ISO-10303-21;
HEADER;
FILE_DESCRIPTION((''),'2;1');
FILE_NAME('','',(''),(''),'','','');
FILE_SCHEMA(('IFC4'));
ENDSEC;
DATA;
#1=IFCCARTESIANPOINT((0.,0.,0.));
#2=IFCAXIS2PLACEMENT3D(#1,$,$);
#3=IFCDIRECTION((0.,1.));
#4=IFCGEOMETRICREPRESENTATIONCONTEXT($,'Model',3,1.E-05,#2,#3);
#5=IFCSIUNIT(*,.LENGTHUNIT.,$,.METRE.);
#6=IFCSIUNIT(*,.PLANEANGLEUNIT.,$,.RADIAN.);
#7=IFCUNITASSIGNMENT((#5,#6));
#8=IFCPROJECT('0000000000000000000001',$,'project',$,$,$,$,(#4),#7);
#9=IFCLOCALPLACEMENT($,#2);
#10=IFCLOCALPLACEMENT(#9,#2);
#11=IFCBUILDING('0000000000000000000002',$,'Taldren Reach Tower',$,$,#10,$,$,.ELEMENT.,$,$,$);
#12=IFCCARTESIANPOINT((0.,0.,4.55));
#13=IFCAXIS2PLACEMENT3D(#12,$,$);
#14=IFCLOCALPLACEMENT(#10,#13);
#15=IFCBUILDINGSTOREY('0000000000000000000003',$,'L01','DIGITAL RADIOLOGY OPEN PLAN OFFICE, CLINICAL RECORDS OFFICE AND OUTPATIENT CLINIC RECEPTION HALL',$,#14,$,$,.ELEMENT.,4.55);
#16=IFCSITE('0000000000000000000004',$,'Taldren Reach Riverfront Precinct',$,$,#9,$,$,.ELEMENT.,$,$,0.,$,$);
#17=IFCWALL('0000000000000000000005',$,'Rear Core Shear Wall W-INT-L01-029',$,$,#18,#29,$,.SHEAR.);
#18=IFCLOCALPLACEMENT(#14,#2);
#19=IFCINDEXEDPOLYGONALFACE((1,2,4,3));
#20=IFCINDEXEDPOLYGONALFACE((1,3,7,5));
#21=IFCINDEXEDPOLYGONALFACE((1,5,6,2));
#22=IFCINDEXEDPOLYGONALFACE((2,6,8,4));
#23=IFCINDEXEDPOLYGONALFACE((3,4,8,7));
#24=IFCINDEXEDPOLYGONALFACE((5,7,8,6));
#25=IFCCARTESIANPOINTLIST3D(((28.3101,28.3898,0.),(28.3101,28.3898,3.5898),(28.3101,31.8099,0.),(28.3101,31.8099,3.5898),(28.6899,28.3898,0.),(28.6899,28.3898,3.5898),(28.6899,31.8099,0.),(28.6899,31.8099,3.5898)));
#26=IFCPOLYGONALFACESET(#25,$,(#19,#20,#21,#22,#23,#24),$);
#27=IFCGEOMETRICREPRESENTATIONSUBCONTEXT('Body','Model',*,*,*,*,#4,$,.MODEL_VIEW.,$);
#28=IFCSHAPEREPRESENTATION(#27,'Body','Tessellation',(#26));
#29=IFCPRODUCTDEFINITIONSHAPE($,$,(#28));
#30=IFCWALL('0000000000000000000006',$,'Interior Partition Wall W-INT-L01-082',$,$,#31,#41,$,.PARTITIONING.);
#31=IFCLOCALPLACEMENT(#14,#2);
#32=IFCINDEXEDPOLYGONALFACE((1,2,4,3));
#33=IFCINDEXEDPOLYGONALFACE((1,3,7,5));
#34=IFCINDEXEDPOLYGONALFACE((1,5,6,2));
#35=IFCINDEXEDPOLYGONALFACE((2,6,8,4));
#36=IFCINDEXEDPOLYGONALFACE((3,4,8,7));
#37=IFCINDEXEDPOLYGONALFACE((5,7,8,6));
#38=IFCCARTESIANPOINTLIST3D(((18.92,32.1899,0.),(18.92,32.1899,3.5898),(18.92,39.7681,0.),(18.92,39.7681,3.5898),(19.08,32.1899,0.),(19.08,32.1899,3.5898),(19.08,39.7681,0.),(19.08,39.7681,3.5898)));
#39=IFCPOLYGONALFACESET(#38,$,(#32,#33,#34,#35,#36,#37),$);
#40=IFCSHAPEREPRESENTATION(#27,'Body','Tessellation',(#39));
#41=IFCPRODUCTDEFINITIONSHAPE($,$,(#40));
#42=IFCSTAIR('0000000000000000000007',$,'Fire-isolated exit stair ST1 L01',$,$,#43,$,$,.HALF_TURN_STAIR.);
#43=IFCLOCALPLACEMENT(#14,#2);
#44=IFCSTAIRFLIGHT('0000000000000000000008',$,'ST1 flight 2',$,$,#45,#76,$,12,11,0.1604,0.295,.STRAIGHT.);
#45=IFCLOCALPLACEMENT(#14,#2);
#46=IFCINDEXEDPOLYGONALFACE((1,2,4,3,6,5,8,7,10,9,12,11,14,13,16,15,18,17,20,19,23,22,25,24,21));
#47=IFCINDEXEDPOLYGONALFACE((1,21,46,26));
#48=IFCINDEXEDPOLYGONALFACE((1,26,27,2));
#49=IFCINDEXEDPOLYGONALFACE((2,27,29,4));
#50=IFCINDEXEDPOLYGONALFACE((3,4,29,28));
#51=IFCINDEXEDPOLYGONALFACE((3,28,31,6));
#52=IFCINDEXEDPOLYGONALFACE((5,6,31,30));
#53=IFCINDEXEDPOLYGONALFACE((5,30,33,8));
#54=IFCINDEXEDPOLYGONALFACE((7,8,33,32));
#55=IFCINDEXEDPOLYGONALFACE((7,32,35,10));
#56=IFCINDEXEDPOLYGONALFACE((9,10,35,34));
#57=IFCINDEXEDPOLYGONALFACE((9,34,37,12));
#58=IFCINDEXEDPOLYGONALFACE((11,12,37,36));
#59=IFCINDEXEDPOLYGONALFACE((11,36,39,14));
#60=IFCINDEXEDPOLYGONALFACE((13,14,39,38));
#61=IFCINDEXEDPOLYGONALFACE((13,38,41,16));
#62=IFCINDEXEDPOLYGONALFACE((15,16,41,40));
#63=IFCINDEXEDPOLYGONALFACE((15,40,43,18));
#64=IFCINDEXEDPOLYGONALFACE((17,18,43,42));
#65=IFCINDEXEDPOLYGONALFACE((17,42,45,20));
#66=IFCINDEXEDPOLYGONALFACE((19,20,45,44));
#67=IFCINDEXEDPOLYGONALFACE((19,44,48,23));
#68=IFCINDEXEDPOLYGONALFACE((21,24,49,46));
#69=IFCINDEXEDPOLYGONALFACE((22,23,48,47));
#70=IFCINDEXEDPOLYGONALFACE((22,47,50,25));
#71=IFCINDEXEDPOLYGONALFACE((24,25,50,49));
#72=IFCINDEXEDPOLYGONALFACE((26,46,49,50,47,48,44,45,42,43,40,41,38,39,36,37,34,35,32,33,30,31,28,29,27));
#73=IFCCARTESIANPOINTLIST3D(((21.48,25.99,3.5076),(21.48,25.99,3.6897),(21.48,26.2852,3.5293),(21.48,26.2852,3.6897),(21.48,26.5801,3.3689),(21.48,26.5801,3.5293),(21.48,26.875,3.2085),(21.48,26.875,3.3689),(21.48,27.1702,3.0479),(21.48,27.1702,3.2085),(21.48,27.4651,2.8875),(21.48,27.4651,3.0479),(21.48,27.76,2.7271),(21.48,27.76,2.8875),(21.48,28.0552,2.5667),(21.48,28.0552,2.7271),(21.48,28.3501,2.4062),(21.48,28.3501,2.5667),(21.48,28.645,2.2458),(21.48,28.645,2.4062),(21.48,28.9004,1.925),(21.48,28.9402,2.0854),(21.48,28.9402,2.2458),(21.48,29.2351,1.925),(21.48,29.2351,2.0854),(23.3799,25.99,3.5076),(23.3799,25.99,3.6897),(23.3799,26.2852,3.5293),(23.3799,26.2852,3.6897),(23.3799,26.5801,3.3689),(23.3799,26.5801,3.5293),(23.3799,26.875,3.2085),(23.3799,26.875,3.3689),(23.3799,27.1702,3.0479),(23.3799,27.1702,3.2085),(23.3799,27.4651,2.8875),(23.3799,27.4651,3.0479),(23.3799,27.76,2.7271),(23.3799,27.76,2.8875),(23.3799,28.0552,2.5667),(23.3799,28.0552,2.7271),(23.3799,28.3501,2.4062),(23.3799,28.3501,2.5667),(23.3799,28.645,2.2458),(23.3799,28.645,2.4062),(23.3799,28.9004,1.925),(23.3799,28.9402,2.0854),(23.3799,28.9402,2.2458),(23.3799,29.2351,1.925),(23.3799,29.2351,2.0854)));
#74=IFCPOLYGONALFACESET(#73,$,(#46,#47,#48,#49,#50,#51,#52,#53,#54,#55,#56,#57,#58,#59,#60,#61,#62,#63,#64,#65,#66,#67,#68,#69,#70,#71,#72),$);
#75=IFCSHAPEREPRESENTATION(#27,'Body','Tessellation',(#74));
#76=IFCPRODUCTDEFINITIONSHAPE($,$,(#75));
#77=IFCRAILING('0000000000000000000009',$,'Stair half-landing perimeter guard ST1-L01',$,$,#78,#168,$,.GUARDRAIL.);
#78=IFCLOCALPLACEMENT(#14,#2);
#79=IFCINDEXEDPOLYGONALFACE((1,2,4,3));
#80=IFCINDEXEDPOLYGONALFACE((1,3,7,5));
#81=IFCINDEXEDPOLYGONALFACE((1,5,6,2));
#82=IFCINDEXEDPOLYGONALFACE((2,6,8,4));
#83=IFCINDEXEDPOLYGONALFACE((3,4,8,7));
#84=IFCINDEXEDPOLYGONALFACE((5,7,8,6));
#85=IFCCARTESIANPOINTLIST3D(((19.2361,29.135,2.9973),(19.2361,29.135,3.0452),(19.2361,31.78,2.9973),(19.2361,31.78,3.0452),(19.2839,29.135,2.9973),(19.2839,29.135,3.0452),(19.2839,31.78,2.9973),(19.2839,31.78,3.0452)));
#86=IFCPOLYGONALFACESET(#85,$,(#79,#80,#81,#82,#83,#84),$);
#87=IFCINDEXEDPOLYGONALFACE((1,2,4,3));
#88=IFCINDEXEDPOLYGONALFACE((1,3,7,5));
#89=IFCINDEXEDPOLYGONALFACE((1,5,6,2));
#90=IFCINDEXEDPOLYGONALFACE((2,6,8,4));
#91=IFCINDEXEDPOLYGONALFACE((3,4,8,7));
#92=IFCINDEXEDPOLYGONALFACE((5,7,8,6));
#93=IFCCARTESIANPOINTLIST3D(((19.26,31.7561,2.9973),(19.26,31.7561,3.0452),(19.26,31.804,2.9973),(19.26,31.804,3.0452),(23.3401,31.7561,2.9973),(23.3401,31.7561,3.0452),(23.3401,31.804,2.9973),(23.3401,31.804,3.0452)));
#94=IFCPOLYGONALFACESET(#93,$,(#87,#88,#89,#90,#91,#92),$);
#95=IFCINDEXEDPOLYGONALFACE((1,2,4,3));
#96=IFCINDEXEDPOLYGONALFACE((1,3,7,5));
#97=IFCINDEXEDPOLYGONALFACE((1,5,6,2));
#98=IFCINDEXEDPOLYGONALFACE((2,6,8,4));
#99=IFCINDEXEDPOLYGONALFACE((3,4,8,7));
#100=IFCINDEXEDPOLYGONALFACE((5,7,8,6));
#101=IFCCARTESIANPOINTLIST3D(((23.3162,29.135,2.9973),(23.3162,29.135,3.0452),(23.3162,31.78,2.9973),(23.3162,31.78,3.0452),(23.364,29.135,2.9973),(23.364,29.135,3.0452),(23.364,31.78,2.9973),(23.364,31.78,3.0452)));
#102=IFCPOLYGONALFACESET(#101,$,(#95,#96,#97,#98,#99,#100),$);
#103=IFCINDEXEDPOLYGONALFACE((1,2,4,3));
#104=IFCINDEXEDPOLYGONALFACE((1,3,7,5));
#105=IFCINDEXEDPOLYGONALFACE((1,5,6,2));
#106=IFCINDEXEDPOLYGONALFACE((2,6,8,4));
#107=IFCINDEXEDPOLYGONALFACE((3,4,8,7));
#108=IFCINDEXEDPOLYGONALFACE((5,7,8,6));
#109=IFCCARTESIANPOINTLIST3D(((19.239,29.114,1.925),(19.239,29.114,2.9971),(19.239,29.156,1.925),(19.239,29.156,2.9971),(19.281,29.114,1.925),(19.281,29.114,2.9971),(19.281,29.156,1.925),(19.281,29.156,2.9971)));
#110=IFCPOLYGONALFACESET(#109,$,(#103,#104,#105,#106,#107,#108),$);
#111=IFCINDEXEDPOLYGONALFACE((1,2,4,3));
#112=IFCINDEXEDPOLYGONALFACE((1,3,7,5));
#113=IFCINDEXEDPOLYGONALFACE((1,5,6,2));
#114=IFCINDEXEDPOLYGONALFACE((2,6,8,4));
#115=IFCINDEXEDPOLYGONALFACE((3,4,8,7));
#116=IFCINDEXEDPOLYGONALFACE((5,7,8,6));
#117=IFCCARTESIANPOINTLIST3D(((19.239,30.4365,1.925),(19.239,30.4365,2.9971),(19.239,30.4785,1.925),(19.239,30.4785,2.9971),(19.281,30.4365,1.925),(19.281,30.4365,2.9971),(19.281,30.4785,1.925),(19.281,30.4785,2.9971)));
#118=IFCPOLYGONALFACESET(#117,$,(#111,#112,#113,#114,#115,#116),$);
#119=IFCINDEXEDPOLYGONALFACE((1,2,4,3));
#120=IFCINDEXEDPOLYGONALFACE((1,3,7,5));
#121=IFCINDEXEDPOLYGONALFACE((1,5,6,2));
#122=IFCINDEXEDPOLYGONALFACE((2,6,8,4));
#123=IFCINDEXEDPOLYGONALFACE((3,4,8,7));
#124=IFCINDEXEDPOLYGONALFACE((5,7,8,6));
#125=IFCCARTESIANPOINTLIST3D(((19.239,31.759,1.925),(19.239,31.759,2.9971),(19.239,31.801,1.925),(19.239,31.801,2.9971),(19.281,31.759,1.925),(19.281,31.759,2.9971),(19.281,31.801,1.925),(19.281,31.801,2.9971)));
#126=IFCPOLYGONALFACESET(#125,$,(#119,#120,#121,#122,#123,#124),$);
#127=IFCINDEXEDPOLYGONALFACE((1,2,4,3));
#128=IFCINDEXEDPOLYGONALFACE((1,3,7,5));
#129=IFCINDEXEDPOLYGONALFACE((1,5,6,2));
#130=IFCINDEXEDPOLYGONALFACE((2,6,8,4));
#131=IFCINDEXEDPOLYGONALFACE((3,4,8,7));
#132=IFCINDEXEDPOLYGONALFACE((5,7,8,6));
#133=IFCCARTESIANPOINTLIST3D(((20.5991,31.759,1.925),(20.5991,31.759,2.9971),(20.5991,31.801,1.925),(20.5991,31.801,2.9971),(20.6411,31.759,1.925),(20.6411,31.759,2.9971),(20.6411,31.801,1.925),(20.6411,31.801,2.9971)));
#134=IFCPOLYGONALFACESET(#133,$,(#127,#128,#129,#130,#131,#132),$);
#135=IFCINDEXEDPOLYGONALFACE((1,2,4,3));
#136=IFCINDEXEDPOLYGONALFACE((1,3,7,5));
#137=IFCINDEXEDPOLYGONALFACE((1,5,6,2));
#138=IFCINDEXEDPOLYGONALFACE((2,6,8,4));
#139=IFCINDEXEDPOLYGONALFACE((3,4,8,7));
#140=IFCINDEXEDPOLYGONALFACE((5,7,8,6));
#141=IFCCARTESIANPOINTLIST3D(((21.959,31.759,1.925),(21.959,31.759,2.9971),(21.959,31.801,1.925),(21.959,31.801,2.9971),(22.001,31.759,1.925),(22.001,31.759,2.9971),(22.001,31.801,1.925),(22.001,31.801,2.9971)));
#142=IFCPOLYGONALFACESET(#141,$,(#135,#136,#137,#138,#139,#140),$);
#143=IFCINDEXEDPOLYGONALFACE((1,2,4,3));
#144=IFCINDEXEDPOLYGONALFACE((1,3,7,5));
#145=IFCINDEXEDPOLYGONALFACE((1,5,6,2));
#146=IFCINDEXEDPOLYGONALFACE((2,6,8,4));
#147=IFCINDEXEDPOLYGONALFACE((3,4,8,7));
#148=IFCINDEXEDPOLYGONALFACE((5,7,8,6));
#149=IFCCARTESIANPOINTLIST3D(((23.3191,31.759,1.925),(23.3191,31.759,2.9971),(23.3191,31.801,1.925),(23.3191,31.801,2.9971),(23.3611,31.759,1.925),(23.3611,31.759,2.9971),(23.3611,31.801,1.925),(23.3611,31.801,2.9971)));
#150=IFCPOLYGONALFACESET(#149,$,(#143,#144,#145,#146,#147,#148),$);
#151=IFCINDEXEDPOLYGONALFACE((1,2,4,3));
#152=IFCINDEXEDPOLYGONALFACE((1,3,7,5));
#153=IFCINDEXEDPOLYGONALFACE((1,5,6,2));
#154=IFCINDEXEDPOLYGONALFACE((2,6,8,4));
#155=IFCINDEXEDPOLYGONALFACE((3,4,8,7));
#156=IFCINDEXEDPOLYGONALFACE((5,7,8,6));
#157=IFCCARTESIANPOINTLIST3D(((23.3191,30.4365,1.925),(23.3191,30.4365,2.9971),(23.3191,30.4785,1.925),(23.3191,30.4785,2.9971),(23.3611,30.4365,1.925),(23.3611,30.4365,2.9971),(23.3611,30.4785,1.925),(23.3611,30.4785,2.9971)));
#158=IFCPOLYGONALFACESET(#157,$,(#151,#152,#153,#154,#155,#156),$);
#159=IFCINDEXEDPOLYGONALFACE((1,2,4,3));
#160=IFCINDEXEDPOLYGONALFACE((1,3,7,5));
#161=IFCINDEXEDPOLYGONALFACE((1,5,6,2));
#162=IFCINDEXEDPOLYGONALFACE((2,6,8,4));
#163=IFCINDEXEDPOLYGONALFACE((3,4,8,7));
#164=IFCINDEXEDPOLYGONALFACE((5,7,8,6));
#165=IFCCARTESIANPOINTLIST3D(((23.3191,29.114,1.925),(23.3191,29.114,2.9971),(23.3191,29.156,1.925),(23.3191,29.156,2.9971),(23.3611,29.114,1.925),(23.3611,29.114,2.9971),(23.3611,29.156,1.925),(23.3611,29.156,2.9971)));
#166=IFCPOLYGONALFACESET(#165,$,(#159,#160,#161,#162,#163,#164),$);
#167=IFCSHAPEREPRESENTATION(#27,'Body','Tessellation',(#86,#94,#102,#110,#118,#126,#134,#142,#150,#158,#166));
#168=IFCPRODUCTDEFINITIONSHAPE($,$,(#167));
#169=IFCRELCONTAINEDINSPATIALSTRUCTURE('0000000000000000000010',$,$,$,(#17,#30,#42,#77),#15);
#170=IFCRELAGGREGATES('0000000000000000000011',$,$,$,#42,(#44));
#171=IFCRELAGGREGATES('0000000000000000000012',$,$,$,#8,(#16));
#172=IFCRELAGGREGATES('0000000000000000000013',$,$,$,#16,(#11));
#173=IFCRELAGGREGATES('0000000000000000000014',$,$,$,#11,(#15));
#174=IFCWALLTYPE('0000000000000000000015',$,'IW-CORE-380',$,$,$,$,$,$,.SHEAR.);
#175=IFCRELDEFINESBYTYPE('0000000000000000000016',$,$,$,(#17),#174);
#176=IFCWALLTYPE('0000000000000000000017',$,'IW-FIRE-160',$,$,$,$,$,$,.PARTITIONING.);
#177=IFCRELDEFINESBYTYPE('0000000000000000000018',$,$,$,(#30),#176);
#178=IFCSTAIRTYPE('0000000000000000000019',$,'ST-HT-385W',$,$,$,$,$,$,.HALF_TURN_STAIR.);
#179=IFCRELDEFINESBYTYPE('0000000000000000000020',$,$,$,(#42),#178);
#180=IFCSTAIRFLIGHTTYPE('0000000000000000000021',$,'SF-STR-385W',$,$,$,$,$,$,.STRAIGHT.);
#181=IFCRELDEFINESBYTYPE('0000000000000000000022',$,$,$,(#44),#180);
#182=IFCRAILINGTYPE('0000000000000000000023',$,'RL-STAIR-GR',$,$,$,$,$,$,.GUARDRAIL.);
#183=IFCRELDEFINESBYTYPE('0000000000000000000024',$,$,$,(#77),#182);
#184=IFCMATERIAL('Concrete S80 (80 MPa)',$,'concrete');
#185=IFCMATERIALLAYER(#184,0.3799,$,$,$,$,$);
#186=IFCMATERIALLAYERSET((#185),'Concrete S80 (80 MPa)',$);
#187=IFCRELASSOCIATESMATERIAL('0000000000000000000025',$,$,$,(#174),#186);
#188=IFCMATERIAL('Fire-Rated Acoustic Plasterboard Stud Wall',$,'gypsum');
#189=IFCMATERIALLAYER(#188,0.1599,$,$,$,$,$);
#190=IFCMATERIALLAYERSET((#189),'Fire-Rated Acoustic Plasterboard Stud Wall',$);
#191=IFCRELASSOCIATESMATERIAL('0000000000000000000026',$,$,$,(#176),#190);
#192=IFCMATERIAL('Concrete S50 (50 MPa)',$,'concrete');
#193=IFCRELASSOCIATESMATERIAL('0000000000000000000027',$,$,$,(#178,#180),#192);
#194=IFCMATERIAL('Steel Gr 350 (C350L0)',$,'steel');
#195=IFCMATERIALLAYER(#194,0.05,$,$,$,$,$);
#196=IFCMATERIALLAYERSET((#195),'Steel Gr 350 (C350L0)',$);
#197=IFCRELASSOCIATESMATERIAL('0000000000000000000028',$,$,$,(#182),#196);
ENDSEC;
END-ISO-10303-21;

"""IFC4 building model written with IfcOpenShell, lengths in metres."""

from ifc_helpers import new_model, si_unit, direction, frame, frame_2d, origin, origin_2d, place, context, subcontext, project, spatial, polyline, rectangle, outline, extrude, source, transform, mapped, material, layer, layer_set, type_object, element, aggregate, save


model = new_model("IFC4")

# Units and contexts
model_context = context("Model", 3, precision=1e-05, world=origin(), true_north=direction((0.0, 1.0)))
body_context = subcontext(model_context, "Body", "Model", "MODEL_VIEW")
ifc_project = project(units=[si_unit("LENGTHUNIT", "METRE"), si_unit("PLANEANGLEUNIT", "RADIAN")], contexts=[model_context])

# Site, building, storey
site_placement = place(None, origin())
site = spatial("IfcSite", under=ifc_project, at=site_placement, Name="Taldren Reach Riverfront Precinct", CompositionType="ELEMENT", RefElevation=0.0)
building_placement = place(site_placement, origin())
building = spatial("IfcBuilding", under=site, at=building_placement, Name="Taldren Reach Tower", CompositionType="ELEMENT")
storey_placement = place(building_placement, frame((0.0, 0.0, 4.55)))
storey = spatial("IfcBuildingStorey", under=building, at=storey_placement, Name="L01", Description="DIGITAL RADIOLOGY OPEN PLAN OFFICE, CLINICAL RECORDS OFFICE AND OUTPATIENT CLINIC RECEPTION HALL", CompositionType="ELEMENT", Elevation=4.55)

# Shared definitions
ifc_material_1 = material(Name="Steel Gr 350 (C350L0)", Category="steel")

# Wall
ifc_material_2 = material(Name="Concrete S80 (80 MPa)", Category="concrete")
ifc_layer_1 = layer(ifc_material_2, 0.3799)
ifc_layer_set_1 = layer_set([ifc_layer_1], Name="Concrete S80 (80 MPa)")
wall_type_1 = type_object("IfcWallType", Name="IW-CORE-380", PredefinedType="SHEAR", material=ifc_layer_set_1)
shared_shape_1 = source(origin(), body_context, "Body", "SweptSolid", [
    extrude(rectangle(XDim=3.4202, YDim=0.3799, at=frame_2d((1.71, 0.0))), origin(), (0.0, 0.0, 1.0), 3.5898),
])
for number, where, z_axis, x_axis, name in (
    (1, (28.5, 28.3899, 0.0), (0.0, 0.0, 1.0), (0.0, 1.0, 0.0), "Rear Core Shear Wall W-INT-L01-029"),
):
    element("IfcWall", number, at=place(storey_placement, frame(where, z_axis=z_axis, x_axis=x_axis)), inside=storey, type_object=wall_type_1, Name=name, PredefinedType="SHEAR", context=body_context, shape_type="MappedRepresentation", body=[
        mapped(shared_shape_1, transform((0.0, 0.0, 0.0), scale=1.0)),
    ])

# Wall
ifc_material_3 = material(Name="Fire-Rated Acoustic Plasterboard Stud Wall", Category="gypsum")
ifc_layer_2 = layer(ifc_material_3, 0.1599)
ifc_layer_set_2 = layer_set([ifc_layer_2], Name="Fire-Rated Acoustic Plasterboard Stud Wall")
wall_type_2 = type_object("IfcWallType", Name="IW-FIRE-160", PredefinedType="PARTITIONING", material=ifc_layer_set_2)
shared_shape_2 = source(origin(), body_context, "Body", "SweptSolid", [
    extrude(rectangle(XDim=7.5781, YDim=0.1599, at=frame_2d((3.7891, 0.0))), origin(), (0.0, 0.0, 1.0), 3.5898),
])
wall_1_placement = place(storey_placement, frame((19.0, 39.7681, 0.0), z_axis=(0.0, 0.0, 1.0), x_axis=(0.0, -1.0, 0.0)))
element("IfcWall", 2, at=wall_1_placement, inside=storey, type_object=wall_type_2, Name="Interior Partition Wall W-INT-L01-082", PredefinedType="PARTITIONING", context=body_context, shape_type="MappedRepresentation", body=[
    mapped(shared_shape_2, transform((0.0, 0.0, 0.0), scale=1.0)),
])

# Stair, stair flight
ifc_material_4 = material(Name="Concrete S50 (50 MPa)", Category="concrete")
stair_type = type_object("IfcStairType", Name="ST-HT-385W", PredefinedType="HALF_TURN_STAIR", material=ifc_material_4)
stair_placement = place(storey_placement, origin())
stair = element("IfcStair", 3, at=stair_placement, inside=storey, type_object=stair_type, Name="Fire-isolated exit stair ST1 L01", PredefinedType="HALF_TURN_STAIR")
stair_flight_type = type_object("IfcStairFlightType", Name="SF-STR-385W", PredefinedType="STRAIGHT", material=ifc_material_4)
stair_flight_placement = place(storey_placement, frame((22.4299, 29.2351, 1.925), z_axis=(0.0, 0.0, 1.0), x_axis=(0.0, -1.0, 0.0)))
stair_flight = element("IfcStairFlight", 4, at=stair_flight_placement, type_object=stair_flight_type, Name="ST1 flight 2", NumberOfRisers=12, NumberOfTreads=11, PredefinedType="STRAIGHT", RiserHeight=0.1604, TreadLength=0.295, context=body_context, shape_type="SweptSolid", body=[
    extrude(outline(polyline([(0.0, 0.0), (0.0, 0.1604), (0.2949, 0.1604), (0.2949, 0.3208), (0.5901, 0.3208), (0.5901, 0.4812), (0.885, 0.4812), (0.885, 0.6416), (1.1799, 0.6416), (1.1799, 0.802), (1.4751, 0.802), (1.4751, 0.9624), (1.77, 0.9624), (1.77, 1.1228), (2.0649, 1.1228), (2.0649, 1.2834), (2.3601, 1.2834), (2.3601, 1.4438), (2.655, 1.4438), (2.655, 1.6042), (2.95, 1.6042), (2.95, 1.7646), (3.2451, 1.7646), (3.2451, 1.925), (3.2451, 1.5825), (0.3347, 0.0), (0.0, 0.0)])), frame((0.0, 0.95, 0.0), z_axis=(0.0, -1.0, 0.0), x_axis=(1.0, 0.0, 0.0)), (0.0, 0.0, 1.0), 1.8999),
])
aggregate(stair, [stair_flight])

# Railing
ifc_layer_3 = layer(ifc_material_1, 0.05)
ifc_layer_set_3 = layer_set([ifc_layer_3], Name="Steel Gr 350 (C350L0)")
railing_type_1 = type_object("IfcRailingType", Name="RL-STAIR-GR", PredefinedType="GUARDRAIL", material=ifc_layer_set_3)
railing_1_placement = place(storey_placement, frame((19.26, 29.135, 1.925)))
element("IfcRailing", 5, at=railing_1_placement, inside=storey, type_object=railing_type_1, Name="Stair half-landing perimeter guard ST1-L01", PredefinedType="GUARDRAIL", context=body_context, shape_type="SweptSolid", body=[
    extrude(rectangle(XDim=0.0479, YDim=0.0479, at=origin_2d()), frame((0.0, 0.0, 1.0962), z_axis=(0.0, 1.0, 0.0), x_axis=(-1.0, 0.0, 0.0)), (0.0, 0.0, 1.0), 2.645),
    extrude(rectangle(XDim=0.0479, YDim=0.0479, at=origin_2d()), frame((0.0, 2.645, 1.0962), z_axis=(1.0, 0.0, 0.0), x_axis=(0.0, 1.0, 0.0)), (0.0, 0.0, 1.0), 4.0801),
    extrude(rectangle(XDim=0.0479, YDim=0.0479, at=origin_2d()), frame((4.0801, 2.645, 1.0962), z_axis=(0.0, -1.0, 0.0), x_axis=(1.0, 0.0, 0.0)), (0.0, 0.0, 1.0), 2.645),
    extrude(rectangle(XDim=0.042, YDim=0.042, at=origin_2d()), origin(), (0.0, 0.0, 1.0), 1.072),
    extrude(rectangle(XDim=0.042, YDim=0.042, at=origin_2d()), frame((0.0, 1.3225, 0.0)), (0.0, 0.0, 1.0), 1.072),
    extrude(rectangle(XDim=0.042, YDim=0.042, at=origin_2d()), frame((0.0, 2.645, 0.0)), (0.0, 0.0, 1.0), 1.072),
    extrude(rectangle(XDim=0.042, YDim=0.042, at=origin_2d()), frame((1.3601, 2.645, 0.0)), (0.0, 0.0, 1.0), 1.072),
    extrude(rectangle(XDim=0.042, YDim=0.042, at=origin_2d()), frame((2.72, 2.645, 0.0)), (0.0, 0.0, 1.0), 1.072),
    extrude(rectangle(XDim=0.042, YDim=0.042, at=origin_2d()), frame((4.0801, 2.645, 0.0)), (0.0, 0.0, 1.0), 1.072),
    extrude(rectangle(XDim=0.042, YDim=0.042, at=origin_2d()), frame((4.0801, 1.3225, 0.0)), (0.0, 0.0, 1.0), 1.072),
    extrude(rectangle(XDim=0.042, YDim=0.042, at=origin_2d()), frame((4.0801, 0.0, 0.0)), (0.0, 0.0, 1.0), 1.072),
])

save(model, "model.ifc")
